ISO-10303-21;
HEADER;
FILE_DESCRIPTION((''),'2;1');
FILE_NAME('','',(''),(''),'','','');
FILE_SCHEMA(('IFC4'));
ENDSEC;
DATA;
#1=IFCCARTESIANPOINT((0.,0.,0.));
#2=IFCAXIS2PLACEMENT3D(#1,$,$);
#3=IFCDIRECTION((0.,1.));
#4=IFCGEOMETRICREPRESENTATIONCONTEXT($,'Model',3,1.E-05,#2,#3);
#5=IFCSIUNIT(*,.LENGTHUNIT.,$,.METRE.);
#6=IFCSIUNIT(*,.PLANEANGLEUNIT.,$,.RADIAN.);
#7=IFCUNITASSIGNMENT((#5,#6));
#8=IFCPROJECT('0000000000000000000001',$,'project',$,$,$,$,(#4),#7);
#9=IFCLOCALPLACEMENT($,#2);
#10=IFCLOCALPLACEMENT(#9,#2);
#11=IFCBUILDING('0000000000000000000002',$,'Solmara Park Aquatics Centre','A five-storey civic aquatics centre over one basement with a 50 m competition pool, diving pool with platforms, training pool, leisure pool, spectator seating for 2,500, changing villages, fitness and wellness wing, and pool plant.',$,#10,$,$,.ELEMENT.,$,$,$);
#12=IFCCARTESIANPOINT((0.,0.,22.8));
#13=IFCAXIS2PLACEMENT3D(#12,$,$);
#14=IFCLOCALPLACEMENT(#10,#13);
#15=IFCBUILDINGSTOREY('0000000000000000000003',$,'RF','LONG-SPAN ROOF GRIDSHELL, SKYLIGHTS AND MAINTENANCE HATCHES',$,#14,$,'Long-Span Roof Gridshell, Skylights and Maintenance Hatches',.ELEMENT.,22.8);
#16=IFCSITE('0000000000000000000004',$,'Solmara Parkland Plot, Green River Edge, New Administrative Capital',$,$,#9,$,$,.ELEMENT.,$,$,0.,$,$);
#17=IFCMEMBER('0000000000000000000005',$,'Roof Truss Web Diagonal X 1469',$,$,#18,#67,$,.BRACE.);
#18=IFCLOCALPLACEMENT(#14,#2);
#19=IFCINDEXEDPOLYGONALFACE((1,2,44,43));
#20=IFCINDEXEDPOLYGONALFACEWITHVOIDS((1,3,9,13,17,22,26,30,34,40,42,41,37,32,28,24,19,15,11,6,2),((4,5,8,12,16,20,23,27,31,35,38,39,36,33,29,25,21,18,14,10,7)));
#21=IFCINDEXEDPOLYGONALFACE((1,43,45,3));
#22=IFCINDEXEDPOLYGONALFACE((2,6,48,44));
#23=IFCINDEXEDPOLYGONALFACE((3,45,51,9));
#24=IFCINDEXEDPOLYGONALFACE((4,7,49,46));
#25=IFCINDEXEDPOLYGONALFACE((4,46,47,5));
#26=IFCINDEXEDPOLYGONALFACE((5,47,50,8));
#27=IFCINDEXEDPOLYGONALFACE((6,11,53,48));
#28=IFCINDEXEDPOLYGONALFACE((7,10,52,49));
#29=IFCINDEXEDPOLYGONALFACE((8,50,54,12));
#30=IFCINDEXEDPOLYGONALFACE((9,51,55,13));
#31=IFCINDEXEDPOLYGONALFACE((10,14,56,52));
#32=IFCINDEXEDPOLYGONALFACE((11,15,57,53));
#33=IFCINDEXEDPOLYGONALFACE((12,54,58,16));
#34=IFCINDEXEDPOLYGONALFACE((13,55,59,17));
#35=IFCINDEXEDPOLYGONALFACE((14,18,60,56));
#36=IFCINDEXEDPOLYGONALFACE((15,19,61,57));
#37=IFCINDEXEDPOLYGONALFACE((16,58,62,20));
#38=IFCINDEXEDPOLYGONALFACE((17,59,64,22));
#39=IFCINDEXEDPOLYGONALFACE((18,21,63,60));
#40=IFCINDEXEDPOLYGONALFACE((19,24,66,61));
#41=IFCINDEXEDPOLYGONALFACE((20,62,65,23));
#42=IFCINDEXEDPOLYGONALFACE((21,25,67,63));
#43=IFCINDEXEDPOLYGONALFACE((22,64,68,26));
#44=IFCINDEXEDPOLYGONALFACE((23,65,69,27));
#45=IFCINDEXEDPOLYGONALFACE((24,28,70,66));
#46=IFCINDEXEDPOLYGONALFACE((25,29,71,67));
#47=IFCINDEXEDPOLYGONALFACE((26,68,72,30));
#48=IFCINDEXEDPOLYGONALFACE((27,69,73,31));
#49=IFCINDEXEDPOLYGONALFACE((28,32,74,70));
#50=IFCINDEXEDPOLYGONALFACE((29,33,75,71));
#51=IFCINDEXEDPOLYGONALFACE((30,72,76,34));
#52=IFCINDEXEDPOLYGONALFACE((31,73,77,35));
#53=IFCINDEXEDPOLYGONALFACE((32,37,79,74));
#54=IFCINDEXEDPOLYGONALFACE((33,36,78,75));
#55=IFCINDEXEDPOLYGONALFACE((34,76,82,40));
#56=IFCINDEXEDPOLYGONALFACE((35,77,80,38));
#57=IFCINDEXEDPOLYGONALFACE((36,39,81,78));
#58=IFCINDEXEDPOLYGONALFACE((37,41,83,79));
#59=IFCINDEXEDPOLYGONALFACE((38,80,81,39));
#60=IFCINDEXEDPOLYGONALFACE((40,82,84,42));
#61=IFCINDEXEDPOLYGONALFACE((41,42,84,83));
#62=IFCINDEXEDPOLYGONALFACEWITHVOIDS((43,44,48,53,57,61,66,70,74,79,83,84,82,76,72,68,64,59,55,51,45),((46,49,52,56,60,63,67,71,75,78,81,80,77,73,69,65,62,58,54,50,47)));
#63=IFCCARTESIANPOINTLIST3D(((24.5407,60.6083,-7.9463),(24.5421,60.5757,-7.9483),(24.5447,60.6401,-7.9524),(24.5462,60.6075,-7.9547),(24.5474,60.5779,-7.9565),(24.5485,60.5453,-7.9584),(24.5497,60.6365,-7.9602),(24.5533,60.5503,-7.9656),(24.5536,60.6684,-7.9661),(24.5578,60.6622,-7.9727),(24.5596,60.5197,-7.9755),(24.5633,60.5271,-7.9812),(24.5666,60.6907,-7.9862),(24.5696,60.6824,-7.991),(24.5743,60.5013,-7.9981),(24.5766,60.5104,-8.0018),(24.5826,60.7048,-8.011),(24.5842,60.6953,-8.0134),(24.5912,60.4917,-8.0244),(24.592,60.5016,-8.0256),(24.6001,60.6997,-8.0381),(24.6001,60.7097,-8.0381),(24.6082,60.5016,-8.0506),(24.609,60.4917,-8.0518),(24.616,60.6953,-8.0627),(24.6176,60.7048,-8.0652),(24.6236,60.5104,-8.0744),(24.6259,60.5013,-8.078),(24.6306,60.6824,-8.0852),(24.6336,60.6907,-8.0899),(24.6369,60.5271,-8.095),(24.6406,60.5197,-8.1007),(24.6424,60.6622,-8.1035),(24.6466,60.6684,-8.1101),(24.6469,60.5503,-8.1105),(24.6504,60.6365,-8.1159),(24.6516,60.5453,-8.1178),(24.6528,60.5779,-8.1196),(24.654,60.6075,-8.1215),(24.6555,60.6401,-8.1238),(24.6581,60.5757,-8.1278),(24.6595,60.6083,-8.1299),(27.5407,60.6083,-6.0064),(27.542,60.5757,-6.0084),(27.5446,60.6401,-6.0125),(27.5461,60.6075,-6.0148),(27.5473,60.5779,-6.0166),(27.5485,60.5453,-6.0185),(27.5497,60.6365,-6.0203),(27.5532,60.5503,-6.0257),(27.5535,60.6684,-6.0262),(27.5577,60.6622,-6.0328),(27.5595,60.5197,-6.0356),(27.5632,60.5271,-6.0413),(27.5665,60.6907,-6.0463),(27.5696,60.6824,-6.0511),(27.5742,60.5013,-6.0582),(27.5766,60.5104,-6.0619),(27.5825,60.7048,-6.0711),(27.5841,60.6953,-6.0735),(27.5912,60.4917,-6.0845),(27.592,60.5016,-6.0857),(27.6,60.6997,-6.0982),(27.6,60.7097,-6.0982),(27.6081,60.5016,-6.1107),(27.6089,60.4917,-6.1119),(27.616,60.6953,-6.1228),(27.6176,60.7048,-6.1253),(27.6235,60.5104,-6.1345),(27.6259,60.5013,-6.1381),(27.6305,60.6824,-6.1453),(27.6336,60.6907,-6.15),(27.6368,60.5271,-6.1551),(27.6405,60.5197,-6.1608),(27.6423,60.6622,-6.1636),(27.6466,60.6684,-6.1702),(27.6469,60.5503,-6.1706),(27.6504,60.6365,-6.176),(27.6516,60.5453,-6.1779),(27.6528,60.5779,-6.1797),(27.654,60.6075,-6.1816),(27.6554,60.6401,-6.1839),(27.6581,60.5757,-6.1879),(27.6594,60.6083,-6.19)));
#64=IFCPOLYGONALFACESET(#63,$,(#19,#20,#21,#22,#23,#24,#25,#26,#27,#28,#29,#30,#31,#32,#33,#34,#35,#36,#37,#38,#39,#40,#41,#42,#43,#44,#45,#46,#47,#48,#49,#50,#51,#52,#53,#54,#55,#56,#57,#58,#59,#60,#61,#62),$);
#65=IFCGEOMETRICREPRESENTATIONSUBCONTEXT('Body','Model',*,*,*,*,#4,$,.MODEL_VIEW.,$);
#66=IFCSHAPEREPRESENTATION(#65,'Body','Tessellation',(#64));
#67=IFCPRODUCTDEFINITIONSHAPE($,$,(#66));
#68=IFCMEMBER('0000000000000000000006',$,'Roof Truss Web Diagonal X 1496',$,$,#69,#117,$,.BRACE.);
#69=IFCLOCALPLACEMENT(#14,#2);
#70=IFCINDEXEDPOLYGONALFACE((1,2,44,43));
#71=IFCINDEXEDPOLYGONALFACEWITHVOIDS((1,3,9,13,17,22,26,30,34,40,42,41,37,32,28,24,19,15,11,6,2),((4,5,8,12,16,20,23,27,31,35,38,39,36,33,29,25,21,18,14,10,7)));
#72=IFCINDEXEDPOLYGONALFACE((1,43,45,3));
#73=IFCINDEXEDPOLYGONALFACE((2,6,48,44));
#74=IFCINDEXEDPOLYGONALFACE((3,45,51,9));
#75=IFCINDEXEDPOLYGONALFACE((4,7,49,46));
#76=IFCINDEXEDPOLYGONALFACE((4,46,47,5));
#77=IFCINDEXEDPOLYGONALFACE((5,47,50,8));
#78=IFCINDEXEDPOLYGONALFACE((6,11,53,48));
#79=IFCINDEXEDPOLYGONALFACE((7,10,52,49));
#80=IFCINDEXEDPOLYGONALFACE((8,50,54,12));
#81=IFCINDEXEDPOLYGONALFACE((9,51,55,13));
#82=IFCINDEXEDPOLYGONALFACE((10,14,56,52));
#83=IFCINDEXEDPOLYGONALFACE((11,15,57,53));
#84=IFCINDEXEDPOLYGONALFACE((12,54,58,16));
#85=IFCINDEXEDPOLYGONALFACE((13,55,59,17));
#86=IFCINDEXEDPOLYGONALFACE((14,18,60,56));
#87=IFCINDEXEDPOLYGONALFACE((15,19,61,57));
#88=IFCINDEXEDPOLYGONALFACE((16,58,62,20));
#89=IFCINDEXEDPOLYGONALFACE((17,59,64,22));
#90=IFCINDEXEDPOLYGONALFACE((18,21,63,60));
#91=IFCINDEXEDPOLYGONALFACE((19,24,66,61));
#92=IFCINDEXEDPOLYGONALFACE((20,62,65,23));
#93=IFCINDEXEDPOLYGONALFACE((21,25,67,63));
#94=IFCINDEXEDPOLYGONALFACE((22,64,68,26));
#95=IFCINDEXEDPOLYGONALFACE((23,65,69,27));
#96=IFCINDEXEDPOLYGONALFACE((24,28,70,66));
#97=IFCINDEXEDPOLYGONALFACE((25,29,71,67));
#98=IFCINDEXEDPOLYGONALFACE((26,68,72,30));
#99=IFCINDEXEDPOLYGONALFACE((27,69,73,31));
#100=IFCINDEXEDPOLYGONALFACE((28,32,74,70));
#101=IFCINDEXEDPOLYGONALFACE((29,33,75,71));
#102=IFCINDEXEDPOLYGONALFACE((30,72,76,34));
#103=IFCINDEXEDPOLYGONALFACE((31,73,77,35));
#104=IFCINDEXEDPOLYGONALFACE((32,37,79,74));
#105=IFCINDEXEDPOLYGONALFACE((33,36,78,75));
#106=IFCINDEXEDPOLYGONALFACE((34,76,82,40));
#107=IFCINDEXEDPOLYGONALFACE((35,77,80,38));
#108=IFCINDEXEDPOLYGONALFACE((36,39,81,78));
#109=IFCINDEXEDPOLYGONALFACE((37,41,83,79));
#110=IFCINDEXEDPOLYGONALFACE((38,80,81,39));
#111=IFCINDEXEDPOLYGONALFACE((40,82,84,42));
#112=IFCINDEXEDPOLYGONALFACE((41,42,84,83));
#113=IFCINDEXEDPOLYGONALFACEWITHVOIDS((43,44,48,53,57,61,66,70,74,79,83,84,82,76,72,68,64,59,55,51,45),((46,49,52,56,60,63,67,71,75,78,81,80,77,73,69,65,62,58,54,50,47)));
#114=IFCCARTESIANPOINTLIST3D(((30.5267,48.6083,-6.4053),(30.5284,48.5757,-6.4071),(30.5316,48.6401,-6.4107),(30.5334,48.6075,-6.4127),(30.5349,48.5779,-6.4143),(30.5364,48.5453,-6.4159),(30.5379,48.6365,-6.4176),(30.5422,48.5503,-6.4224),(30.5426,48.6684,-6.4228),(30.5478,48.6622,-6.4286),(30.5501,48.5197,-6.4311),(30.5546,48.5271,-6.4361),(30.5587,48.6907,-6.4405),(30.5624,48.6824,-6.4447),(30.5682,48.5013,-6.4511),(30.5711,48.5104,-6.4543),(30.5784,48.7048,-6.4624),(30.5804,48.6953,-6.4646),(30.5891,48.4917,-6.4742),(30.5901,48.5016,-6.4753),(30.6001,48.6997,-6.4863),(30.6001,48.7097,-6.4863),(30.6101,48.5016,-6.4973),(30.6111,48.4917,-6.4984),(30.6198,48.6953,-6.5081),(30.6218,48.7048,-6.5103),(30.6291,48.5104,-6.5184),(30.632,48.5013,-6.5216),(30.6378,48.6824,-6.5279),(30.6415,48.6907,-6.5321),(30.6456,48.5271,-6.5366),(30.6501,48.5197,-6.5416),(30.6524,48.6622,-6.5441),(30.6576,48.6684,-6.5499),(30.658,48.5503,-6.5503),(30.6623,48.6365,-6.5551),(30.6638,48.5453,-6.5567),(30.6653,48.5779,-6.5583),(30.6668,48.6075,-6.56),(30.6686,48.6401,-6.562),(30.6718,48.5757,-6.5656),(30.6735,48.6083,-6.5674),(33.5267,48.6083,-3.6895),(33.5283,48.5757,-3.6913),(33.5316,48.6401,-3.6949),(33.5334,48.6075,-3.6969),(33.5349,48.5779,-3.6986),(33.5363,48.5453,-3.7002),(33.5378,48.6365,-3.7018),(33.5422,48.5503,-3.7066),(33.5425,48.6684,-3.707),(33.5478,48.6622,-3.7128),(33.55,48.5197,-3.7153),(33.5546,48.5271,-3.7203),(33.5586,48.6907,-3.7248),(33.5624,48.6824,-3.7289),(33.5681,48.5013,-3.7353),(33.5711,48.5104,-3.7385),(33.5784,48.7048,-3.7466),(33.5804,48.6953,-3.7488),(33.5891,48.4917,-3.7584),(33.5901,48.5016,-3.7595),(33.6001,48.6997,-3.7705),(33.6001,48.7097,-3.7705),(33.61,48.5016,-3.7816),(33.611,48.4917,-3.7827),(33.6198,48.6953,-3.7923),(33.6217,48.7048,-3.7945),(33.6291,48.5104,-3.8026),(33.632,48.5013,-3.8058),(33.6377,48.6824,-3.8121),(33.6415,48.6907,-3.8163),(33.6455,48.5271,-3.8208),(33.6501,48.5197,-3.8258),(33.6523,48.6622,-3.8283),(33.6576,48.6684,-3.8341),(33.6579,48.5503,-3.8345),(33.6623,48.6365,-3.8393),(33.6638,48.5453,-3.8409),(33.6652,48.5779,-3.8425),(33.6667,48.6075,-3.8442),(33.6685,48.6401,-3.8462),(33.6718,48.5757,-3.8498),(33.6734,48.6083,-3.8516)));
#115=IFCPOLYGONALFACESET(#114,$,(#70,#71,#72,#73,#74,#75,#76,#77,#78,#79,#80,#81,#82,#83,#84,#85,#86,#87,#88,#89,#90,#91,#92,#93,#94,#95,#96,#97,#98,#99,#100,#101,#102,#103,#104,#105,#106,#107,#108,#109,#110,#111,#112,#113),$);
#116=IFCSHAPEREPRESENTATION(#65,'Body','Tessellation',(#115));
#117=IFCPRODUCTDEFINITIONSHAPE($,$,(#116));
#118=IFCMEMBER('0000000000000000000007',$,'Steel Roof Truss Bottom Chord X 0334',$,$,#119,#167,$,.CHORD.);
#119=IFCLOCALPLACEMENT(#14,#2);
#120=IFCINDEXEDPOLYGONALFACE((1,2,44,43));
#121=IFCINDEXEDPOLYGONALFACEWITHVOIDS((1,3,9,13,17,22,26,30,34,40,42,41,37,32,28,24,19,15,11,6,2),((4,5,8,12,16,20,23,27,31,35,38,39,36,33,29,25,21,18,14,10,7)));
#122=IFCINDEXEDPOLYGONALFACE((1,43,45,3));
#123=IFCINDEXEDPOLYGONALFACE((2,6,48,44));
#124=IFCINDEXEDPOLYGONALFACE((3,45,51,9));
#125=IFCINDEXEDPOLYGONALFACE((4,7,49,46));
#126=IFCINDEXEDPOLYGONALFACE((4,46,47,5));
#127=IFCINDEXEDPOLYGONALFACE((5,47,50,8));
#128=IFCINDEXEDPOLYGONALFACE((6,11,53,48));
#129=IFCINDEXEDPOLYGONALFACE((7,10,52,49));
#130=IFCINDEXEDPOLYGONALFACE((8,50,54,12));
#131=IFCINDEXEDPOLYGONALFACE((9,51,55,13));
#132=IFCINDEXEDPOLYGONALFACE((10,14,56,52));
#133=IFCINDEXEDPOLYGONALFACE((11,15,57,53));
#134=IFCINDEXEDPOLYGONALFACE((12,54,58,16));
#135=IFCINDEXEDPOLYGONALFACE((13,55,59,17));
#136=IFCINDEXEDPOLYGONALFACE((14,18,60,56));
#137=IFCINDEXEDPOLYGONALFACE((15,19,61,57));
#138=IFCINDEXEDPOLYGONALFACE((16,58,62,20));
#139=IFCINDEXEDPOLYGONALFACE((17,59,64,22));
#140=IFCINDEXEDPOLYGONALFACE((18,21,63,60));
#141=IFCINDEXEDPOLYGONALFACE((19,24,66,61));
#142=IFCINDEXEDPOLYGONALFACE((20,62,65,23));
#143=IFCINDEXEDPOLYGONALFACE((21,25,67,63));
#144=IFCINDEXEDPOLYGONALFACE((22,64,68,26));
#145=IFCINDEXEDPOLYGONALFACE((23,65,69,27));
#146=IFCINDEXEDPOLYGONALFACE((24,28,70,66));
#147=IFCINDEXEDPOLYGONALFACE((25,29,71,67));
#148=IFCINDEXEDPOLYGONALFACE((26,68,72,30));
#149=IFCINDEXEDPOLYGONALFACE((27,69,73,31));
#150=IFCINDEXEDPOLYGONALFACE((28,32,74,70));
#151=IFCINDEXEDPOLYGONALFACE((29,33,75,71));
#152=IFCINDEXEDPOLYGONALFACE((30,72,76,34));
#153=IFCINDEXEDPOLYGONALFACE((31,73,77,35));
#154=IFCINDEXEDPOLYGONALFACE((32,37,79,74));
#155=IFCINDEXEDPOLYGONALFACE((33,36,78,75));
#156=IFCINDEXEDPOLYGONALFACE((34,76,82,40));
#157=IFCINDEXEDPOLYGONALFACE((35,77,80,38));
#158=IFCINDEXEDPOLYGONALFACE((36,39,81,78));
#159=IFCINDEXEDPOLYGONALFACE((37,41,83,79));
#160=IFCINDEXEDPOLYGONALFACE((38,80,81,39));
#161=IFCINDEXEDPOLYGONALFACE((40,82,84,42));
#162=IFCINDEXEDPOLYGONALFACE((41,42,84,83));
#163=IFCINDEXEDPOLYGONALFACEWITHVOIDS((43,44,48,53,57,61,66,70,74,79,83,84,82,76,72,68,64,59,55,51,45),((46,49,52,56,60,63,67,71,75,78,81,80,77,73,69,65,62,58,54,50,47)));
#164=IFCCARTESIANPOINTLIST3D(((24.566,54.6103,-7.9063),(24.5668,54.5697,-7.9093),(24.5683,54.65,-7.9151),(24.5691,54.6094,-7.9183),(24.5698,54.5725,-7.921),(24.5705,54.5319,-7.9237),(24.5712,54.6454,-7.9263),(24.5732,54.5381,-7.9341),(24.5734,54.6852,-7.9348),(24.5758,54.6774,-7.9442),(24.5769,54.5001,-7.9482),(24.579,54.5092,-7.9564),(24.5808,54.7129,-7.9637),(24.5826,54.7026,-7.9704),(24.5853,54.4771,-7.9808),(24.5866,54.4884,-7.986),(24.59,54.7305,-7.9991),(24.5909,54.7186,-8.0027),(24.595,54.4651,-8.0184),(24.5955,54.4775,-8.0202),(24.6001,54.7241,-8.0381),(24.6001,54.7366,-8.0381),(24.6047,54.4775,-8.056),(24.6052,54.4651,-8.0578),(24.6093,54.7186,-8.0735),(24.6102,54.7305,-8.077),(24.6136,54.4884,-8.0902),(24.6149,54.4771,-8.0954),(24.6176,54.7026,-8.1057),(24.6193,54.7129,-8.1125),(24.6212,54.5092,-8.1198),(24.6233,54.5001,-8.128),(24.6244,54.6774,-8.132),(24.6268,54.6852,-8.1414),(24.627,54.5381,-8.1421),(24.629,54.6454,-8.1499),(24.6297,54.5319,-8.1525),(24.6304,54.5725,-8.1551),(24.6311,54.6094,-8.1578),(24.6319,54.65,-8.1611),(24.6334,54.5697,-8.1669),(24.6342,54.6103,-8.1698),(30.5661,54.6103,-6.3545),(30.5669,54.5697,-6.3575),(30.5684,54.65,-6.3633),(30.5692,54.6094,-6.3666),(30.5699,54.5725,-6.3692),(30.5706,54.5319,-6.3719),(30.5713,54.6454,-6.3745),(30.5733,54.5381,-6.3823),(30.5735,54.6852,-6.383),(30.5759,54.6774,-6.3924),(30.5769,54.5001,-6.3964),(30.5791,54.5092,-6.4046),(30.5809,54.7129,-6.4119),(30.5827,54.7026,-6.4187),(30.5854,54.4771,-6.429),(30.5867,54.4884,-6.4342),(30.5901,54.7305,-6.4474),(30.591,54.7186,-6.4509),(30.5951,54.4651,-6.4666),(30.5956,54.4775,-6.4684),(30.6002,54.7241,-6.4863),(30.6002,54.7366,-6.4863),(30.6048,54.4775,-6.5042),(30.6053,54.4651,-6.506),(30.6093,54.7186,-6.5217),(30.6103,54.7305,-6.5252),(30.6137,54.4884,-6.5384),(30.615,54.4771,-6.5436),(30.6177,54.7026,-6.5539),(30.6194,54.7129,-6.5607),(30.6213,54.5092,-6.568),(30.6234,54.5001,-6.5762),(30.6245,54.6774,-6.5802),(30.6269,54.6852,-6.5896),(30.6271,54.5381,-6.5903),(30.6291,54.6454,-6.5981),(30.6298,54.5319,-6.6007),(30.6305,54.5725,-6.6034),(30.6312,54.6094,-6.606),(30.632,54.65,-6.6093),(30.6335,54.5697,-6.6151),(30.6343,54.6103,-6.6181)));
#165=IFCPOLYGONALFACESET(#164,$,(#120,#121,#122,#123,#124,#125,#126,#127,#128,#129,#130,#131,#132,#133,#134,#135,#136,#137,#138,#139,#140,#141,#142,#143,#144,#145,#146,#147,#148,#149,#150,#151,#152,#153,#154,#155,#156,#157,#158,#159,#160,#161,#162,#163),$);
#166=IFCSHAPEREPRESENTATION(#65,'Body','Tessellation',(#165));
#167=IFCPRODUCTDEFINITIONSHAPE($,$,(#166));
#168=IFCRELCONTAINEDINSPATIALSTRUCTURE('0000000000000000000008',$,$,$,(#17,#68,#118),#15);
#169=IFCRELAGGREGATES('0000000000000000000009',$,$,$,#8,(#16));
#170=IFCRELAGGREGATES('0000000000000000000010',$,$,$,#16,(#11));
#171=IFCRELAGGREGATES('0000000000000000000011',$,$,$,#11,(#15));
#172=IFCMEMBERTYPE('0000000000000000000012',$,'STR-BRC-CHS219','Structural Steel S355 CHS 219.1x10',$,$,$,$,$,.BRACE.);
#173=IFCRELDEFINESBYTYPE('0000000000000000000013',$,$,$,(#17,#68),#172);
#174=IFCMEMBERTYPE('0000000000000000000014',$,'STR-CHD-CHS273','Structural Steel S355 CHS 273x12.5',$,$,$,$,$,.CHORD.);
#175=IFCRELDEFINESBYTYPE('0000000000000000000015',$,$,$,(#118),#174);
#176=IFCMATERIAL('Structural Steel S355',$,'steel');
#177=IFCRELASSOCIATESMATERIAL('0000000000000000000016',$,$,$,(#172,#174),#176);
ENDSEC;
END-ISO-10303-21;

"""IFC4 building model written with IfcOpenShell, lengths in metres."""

from ifc_helpers import new_model, si_unit, direction, frame, origin, origin_2d, place, context, subcontext, project, spatial, hollow_circle, extrude, material, material_profile, profile_set, type_object, element, save


model = new_model("IFC4")

# Units and contexts
model_context = context("Model", 3, precision=1e-05, world=origin(), true_north=direction((0.0, 1.0)))
body_context = subcontext(model_context, "Body", "Model", "MODEL_VIEW")
ifc_project = project(units=[si_unit("LENGTHUNIT", "METRE"), si_unit("PLANEANGLEUNIT", "RADIAN")], contexts=[model_context])

# Site, building, storey
site_placement = place(None, origin())
site = spatial("IfcSite", under=ifc_project, at=site_placement, Name="Solmara Parkland Plot, Green River Edge, New Administrative Capital", CompositionType="ELEMENT", RefElevation=0.0)
building_placement = place(site_placement, origin())
building = spatial("IfcBuilding", under=site, at=building_placement, Name="Solmara Park Aquatics Centre", Description="A five-storey civic aquatics centre over one basement with a 50 m competition pool, diving pool with platforms, training pool, leisure pool, spectator seating for 2,500, changing villages, fitness and wellness wing, and pool plant.", CompositionType="ELEMENT")
storey_placement = place(building_placement, frame((0.0, 0.0, 22.8)))
storey = spatial("IfcBuildingStorey", under=building, at=storey_placement, Name="RF", Description="LONG-SPAN ROOF GRIDSHELL, SKYLIGHTS AND MAINTENANCE HATCHES", LongName="Long-Span Roof Gridshell, Skylights and Maintenance Hatches", CompositionType="ELEMENT", Elevation=22.8)

# Members
ifc_material_1 = material(Name="Structural Steel S355", Category="steel")
ifc_material_profile_1 = material_profile(ifc_material_1, hollow_circle(Radius=0.1096, WallThickness=0.01, at=origin_2d()), Name="CHS 219.1x10")
ifc_profile_set_1 = profile_set([ifc_material_profile_1], Name="Structural Steel S355")
member_type_1 = type_object("IfcMemberType", Name="STR-BRC-CHS219", Description="Structural Steel S355 CHS 219.1x10", PredefinedType="BRACE", material=ifc_profile_set_1)
member_1_placement = place(storey_placement, frame((24.6001, 60.6001, -8.0381), z_axis=(0.839728, 0.0, 0.543008), x_axis=(0.0, 1.0, 0.0)))
element("IfcMember", 1, at=member_1_placement, inside=storey, type_object=member_type_1, Name="Roof Truss Web Diagonal X 1469", PredefinedType="BRACE", context=body_context, shape_type="SweptSolid", body=[
    extrude(hollow_circle(Radius=0.1096, WallThickness=0.01, at=origin_2d()), origin(), (0.0, 0.0, 1.0), 3.5725),
])
member_2_placement = place(storey_placement, frame((30.6001, 48.6001, -6.4863), z_axis=(0.741347, 0.0, 0.671122), x_axis=(0.0, 1.0, 0.0)))
element("IfcMember", 2, at=member_2_placement, inside=storey, type_object=member_type_1, Name="Roof Truss Web Diagonal X 1496", PredefinedType="BRACE", context=body_context, shape_type="SweptSolid", body=[
    extrude(hollow_circle(Radius=0.1096, WallThickness=0.01, at=origin_2d()), origin(), (0.0, 0.0, 1.0), 4.0466),
])
ifc_material_profile_2 = material_profile(ifc_material_1, hollow_circle(Radius=0.1365, WallThickness=0.0125, at=origin_2d()), Name="CHS 273x12.5")
ifc_profile_set_2 = profile_set([ifc_material_profile_2], Name="Structural Steel S355")
member_type_2 = type_object("IfcMemberType", Name="STR-CHD-CHS273", Description="Structural Steel S355 CHS 273x12.5", PredefinedType="CHORD", material=ifc_profile_set_2)
member_3_placement = place(storey_placement, frame((24.6001, 54.6001, -8.0381), z_axis=(0.968146, 0.0, 0.250388), x_axis=(0.0, 1.0, 0.0)))
element("IfcMember", 3, at=member_3_placement, inside=storey, type_object=member_type_2, Name="Steel Roof Truss Bottom Chord X 0334", PredefinedType="CHORD", context=body_context, shape_type="SweptSolid", body=[
    extrude(hollow_circle(Radius=0.1365, WallThickness=0.0125, at=origin_2d()), origin(), (0.0, 0.0, 1.0), 6.1975),
])

save(model, "model.ifc")
